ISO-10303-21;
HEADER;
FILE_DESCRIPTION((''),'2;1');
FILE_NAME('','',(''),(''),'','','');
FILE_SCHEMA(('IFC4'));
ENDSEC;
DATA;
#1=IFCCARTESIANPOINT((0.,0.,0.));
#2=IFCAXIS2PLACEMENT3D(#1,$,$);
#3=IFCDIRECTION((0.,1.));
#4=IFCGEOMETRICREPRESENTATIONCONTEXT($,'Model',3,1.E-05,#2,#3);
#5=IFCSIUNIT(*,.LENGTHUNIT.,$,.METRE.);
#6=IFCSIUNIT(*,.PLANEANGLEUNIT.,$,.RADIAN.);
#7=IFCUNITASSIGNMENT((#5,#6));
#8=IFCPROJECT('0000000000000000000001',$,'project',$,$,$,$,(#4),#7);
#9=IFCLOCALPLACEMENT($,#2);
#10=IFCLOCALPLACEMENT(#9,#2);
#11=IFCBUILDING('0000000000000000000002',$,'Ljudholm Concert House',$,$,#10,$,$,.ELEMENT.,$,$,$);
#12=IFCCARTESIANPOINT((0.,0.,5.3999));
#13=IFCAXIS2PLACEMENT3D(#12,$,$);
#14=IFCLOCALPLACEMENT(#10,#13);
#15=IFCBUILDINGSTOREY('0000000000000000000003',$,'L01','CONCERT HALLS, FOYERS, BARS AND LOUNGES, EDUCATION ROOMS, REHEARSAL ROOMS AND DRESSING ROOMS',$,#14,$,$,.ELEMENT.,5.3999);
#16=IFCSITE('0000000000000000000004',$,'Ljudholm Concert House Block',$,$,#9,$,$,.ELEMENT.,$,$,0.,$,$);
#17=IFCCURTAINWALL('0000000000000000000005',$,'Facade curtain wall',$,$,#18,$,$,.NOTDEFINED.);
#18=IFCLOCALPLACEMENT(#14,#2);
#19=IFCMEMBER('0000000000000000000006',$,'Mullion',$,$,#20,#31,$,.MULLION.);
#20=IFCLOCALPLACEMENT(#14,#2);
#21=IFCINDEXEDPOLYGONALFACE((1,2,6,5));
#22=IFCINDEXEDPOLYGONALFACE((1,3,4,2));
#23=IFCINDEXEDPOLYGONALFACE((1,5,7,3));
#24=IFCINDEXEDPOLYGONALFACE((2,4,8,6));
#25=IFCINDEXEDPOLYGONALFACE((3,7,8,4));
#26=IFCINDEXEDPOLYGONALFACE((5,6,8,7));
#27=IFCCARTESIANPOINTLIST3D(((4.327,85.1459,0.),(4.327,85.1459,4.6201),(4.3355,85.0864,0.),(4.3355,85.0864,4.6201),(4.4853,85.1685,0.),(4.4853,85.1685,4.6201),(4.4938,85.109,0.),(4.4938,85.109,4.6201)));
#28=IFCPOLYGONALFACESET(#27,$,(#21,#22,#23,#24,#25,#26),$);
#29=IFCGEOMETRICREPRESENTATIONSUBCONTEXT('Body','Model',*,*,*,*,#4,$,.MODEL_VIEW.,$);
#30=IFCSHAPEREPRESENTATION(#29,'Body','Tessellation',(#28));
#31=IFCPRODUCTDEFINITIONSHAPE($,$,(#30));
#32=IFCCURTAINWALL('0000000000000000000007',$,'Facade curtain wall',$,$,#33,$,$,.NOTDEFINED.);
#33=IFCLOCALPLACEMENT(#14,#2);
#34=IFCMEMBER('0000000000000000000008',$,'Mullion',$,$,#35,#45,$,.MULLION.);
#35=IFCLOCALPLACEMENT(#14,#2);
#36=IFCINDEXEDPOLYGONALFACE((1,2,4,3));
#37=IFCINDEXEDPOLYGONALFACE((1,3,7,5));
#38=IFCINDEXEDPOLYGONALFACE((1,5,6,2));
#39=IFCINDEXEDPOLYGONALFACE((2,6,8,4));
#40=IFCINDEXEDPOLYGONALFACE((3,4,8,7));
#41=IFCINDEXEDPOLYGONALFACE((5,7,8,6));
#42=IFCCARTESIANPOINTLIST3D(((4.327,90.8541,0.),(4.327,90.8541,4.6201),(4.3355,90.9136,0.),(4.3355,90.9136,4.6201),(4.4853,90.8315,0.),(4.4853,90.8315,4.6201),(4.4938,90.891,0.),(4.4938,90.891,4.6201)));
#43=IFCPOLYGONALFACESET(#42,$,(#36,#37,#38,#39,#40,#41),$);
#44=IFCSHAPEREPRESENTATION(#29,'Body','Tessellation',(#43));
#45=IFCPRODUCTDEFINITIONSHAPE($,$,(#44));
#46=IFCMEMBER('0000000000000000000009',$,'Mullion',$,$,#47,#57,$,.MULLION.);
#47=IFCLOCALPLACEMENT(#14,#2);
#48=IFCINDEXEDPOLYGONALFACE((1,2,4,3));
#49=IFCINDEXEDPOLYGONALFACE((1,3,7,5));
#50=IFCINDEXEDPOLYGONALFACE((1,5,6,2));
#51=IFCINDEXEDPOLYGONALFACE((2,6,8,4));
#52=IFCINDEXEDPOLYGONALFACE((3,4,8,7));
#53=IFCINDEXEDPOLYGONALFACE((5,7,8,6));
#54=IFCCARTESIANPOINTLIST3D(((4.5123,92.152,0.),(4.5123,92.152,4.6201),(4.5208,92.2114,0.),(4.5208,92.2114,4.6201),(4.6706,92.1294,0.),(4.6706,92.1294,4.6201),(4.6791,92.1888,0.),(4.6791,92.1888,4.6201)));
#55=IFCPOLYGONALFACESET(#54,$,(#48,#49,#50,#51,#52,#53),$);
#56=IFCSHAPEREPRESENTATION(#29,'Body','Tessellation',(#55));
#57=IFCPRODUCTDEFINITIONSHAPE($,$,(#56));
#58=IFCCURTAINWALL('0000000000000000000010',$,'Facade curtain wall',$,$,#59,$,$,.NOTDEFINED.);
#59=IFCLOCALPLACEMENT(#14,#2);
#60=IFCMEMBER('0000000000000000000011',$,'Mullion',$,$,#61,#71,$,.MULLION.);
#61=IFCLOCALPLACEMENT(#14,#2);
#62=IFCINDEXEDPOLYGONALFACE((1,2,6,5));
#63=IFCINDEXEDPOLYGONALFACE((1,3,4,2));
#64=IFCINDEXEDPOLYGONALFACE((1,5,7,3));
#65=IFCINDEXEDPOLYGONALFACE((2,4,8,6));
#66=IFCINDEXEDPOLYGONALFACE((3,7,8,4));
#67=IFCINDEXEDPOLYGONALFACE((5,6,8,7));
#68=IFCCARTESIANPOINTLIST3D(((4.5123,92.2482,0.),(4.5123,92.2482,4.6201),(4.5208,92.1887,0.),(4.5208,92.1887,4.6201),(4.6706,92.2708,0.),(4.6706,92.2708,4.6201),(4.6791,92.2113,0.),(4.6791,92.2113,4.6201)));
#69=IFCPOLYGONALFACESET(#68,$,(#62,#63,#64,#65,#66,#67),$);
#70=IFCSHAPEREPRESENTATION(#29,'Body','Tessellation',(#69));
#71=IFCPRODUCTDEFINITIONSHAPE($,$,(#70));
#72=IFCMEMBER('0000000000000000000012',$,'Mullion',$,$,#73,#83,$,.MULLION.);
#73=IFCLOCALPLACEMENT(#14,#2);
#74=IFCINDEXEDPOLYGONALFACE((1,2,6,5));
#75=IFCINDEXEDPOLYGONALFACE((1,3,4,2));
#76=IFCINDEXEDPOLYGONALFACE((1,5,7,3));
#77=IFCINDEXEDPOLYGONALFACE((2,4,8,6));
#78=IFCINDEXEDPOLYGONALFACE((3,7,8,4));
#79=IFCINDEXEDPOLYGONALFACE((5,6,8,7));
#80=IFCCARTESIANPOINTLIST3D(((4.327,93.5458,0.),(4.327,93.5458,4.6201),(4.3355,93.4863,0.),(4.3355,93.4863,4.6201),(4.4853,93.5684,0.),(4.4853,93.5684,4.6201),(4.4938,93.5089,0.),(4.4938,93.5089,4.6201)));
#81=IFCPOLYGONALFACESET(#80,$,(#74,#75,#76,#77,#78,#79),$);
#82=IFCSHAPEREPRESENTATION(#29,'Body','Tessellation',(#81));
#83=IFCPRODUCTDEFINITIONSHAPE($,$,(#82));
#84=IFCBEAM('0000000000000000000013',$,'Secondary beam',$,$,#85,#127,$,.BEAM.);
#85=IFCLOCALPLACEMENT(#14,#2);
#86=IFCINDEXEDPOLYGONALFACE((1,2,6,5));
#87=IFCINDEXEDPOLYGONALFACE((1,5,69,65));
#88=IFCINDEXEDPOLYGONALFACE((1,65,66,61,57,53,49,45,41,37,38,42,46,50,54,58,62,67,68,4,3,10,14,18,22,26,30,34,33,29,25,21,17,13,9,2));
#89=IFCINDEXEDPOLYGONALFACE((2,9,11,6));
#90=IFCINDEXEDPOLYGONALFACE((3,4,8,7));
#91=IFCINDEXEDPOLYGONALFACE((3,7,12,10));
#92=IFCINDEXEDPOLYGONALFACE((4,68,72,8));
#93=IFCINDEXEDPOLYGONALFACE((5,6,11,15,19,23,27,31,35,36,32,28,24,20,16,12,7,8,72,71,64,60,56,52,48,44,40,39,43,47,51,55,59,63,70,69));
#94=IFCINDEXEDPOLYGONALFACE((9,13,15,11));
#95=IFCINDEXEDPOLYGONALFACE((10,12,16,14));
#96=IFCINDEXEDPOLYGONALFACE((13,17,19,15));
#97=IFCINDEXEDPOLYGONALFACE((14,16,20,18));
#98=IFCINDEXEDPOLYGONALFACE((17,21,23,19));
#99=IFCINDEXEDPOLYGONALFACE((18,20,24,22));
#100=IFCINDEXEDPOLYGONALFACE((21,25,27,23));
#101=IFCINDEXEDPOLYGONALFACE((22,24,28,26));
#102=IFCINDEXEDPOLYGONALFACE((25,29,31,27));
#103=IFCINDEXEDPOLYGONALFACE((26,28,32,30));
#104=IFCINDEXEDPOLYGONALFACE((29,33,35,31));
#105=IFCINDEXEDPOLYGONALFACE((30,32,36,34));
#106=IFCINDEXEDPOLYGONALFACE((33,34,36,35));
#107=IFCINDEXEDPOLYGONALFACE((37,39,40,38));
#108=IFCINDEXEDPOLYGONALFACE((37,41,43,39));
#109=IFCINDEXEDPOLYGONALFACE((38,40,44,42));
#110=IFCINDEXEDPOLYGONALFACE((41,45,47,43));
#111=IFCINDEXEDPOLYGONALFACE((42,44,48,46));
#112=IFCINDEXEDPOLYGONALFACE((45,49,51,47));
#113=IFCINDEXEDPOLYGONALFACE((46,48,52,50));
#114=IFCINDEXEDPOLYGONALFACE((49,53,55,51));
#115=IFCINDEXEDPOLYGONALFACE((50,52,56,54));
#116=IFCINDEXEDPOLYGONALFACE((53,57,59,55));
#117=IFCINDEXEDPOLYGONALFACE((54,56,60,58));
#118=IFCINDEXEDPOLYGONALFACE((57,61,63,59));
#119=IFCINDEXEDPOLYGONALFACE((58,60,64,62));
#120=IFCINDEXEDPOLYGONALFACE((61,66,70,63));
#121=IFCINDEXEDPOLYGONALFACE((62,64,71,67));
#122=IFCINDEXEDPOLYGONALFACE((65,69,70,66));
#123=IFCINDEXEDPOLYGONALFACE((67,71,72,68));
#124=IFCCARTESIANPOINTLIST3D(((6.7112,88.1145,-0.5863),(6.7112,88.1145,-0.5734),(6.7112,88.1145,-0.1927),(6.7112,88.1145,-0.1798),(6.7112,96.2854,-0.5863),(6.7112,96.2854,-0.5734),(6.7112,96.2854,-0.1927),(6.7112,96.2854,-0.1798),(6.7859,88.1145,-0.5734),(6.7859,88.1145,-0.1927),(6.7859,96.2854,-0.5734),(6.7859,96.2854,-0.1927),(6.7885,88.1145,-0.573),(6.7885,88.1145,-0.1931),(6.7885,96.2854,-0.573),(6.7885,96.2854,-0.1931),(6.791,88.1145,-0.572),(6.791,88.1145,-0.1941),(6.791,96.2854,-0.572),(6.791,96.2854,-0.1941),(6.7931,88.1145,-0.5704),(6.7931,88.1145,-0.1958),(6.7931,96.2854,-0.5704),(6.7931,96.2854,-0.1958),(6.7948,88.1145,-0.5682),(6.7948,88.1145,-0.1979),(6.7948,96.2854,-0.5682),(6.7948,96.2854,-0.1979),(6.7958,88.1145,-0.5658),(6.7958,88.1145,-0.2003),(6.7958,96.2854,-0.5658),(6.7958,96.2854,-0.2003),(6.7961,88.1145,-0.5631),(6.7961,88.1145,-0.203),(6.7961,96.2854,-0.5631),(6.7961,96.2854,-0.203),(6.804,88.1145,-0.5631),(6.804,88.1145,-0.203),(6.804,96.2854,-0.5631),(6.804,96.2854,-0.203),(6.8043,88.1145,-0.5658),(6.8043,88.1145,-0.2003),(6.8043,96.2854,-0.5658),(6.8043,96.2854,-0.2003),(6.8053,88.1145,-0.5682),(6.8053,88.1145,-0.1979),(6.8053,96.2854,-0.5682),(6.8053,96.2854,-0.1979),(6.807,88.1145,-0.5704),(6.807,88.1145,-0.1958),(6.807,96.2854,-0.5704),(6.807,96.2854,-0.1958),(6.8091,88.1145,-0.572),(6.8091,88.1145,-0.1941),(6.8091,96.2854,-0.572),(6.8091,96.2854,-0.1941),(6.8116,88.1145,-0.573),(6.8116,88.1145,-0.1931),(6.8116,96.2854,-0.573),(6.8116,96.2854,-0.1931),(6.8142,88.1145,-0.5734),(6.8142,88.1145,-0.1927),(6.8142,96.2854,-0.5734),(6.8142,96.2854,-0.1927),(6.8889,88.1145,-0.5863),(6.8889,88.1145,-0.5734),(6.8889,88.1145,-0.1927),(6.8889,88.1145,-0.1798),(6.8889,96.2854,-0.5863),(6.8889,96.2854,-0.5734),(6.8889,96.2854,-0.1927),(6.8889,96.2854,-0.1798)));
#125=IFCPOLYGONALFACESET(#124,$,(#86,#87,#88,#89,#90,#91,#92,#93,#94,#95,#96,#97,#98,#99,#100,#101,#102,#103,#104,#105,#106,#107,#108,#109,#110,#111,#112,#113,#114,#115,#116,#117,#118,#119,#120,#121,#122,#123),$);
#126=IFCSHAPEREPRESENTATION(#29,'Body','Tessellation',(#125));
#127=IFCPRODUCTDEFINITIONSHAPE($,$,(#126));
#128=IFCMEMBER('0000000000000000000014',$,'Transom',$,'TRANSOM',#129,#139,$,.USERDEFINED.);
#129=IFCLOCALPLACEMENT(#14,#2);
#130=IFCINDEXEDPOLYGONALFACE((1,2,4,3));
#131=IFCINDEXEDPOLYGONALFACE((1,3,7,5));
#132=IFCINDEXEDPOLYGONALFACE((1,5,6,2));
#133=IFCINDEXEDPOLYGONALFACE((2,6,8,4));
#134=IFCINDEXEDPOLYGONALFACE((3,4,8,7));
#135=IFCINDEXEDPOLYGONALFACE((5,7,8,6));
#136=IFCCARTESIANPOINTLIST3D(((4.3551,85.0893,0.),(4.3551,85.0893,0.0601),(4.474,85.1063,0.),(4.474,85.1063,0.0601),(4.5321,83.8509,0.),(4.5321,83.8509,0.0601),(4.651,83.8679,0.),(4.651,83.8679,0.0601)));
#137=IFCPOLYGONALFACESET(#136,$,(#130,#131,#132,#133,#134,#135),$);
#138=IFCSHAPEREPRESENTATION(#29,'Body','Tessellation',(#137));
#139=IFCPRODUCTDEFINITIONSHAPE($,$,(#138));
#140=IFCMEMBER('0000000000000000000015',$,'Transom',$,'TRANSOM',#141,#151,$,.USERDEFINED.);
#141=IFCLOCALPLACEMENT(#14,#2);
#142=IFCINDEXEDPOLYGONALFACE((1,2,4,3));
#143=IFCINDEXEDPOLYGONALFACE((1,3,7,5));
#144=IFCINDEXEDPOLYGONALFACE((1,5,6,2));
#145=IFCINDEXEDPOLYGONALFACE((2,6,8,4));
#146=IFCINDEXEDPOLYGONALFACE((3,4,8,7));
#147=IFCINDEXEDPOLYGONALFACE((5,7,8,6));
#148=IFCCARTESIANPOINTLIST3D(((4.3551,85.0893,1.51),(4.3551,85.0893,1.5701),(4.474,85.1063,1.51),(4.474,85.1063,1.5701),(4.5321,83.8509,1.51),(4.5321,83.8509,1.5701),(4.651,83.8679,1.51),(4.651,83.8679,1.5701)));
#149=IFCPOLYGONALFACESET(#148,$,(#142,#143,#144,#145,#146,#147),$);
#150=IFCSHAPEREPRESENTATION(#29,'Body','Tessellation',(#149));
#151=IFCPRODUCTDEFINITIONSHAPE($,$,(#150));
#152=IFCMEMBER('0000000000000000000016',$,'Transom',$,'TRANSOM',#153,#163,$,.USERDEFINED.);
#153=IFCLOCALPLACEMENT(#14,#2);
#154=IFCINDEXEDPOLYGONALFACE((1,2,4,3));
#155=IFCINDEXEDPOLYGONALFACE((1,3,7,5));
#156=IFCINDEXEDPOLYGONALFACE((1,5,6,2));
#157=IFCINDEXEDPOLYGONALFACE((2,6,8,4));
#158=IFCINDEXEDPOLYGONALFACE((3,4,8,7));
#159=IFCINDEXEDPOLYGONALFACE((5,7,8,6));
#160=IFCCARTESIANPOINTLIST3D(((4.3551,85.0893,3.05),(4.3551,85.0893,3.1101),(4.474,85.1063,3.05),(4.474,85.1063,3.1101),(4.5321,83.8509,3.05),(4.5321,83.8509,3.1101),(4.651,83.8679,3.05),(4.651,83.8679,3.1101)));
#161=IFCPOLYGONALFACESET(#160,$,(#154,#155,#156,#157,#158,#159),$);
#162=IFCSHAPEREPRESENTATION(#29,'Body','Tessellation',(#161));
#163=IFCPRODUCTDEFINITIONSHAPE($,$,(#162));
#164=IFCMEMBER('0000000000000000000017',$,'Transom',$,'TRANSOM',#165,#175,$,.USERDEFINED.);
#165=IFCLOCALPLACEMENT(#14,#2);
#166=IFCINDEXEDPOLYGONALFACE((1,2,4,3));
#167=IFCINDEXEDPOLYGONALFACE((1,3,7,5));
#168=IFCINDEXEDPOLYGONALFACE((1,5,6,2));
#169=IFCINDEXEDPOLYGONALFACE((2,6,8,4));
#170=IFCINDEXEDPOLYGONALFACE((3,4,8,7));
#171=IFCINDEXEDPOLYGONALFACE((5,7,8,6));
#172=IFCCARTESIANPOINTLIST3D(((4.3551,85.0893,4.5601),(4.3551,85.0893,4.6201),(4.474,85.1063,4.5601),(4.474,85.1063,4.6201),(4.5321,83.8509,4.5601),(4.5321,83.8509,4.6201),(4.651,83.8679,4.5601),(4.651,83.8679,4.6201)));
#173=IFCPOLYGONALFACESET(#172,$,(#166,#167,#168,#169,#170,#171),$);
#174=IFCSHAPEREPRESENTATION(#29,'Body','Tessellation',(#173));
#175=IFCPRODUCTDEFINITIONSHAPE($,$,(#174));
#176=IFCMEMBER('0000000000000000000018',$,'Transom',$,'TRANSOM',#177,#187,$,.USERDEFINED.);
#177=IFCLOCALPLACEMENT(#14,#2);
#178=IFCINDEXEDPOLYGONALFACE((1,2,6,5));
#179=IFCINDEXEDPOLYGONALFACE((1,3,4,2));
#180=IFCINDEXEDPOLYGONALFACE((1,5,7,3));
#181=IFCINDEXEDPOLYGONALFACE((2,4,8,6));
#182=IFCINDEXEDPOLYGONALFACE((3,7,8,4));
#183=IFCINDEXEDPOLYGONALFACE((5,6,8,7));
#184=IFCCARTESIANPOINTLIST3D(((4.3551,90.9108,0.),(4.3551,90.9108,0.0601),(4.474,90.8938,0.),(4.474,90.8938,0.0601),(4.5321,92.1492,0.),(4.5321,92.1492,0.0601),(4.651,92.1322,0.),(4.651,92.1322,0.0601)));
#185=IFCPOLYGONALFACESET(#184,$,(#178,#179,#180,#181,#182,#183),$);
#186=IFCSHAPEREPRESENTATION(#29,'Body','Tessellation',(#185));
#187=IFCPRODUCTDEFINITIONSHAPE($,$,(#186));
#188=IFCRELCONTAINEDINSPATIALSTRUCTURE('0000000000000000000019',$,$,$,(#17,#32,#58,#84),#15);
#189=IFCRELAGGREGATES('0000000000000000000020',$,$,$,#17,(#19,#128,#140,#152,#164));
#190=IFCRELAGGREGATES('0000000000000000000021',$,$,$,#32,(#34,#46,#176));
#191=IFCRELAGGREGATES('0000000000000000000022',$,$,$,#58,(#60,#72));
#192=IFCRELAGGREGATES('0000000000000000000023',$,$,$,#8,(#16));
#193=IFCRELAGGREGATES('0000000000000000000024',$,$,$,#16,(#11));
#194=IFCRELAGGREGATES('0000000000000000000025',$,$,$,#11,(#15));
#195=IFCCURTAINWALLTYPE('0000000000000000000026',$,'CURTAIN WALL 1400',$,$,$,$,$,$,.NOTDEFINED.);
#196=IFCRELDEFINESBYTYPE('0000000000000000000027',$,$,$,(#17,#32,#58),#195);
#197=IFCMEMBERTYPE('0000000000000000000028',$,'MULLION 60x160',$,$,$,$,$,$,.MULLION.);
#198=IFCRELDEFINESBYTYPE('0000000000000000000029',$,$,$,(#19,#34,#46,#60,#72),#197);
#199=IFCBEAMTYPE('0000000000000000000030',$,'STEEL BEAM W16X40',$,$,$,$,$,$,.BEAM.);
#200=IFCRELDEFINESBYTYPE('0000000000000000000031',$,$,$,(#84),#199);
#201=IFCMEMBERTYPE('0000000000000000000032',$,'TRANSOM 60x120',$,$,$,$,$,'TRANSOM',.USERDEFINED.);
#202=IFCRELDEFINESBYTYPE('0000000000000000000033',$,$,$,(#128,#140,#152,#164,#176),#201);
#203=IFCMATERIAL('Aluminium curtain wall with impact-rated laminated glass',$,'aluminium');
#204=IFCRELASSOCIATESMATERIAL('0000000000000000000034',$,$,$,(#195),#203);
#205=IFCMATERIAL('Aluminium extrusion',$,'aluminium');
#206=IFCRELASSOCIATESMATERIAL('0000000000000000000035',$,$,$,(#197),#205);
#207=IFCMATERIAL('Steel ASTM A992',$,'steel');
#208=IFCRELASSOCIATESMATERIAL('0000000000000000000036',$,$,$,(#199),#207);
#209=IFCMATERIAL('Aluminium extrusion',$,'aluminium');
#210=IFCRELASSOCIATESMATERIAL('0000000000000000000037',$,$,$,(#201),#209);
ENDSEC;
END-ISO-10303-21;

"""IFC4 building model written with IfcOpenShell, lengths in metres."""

from ifc_helpers import new_model, si_unit, direction, frame, origin, origin_2d, place, context, subcontext, project, spatial, rectangle, i_section, extrude, material, material_profile, profile_set, type_object, element, aggregate, save


model = new_model("IFC4")

# Units and contexts
model_context = context("Model", 3, precision=1e-05, world=origin(), true_north=direction((0.0, 1.0)))
body_context = subcontext(model_context, "Body", "Model", "MODEL_VIEW")
ifc_project = project(units=[si_unit("LENGTHUNIT", "METRE"), si_unit("PLANEANGLEUNIT", "RADIAN")], contexts=[model_context])

# Site, building, storey
site_placement = place(None, origin())
site = spatial("IfcSite", under=ifc_project, at=site_placement, Name="Ljudholm Concert House Block", CompositionType="ELEMENT", RefElevation=0.0)
building_placement = place(site_placement, origin())
building = spatial("IfcBuilding", under=site, at=building_placement, Name="Ljudholm Concert House", CompositionType="ELEMENT")
storey_placement = place(building_placement, frame((0.0, 0.0, 5.3999)))
storey = spatial("IfcBuildingStorey", under=building, at=storey_placement, Name="L01", Description="CONCERT HALLS, FOYERS, BARS AND LOUNGES, EDUCATION ROOMS, REHEARSAL ROOMS AND DRESSING ROOMS", CompositionType="ELEMENT", Elevation=5.3999)

# Curtain wall, member
ifc_material_1 = material(Name="Aluminium curtain wall with impact-rated laminated glass", Category="aluminium")
curtain_wall_type = type_object("IfcCurtainWallType", Name="CURTAIN WALL 1400", PredefinedType="NOTDEFINED", material=ifc_material_1)
curtain_wall_1_placement = place(storey_placement, origin())
curtain_wall_1 = element("IfcCurtainWall", 1, at=curtain_wall_1_placement, inside=storey, type_object=curtain_wall_type, Name="Facade curtain wall", PredefinedType="NOTDEFINED")
ifc_material_2 = material(Name="Aluminium extrusion", Category="aluminium")
ifc_material_profile_1 = material_profile(ifc_material_2, rectangle(XDim=0.1599, YDim=0.0601, at=origin_2d()), Name="MULLION 60x160")
ifc_profile_set_1 = profile_set([ifc_material_profile_1], Name="Aluminium extrusion")
member_type_1 = type_object("IfcMemberType", Name="MULLION 60x160", PredefinedType="MULLION", material=ifc_profile_set_1)
member_1_placement = place(storey_placement, frame((4.4104, 85.1274, 0.0), z_axis=(0.0, 0.0, 1.0), x_axis=(-0.989949, -0.141421, 0.0)))
member_1 = element("IfcMember", 2, at=member_1_placement, type_object=member_type_1, Name="Mullion", PredefinedType="MULLION", context=body_context, shape_type="SweptSolid", body=[
    extrude(rectangle(XDim=0.1599, YDim=0.0601, at=origin_2d()), origin(), (0.0, 0.0, 1.0), 4.6201),
])

# Curtain walls, members
curtain_wall_2_placement = place(storey_placement, origin())
curtain_wall_2 = element("IfcCurtainWall", 3, at=curtain_wall_2_placement, inside=storey, type_object=curtain_wall_type, Name="Facade curtain wall", PredefinedType="NOTDEFINED")
member_2_placement = place(storey_placement, frame((4.4104, 90.8726, 0.0), z_axis=(0.0, 0.0, 1.0), x_axis=(-0.989949, 0.141421, 0.0)))
member_2 = element("IfcMember", 4, at=member_2_placement, type_object=member_type_1, Name="Mullion", PredefinedType="MULLION", context=body_context, shape_type="SweptSolid", body=[
    extrude(rectangle(XDim=0.1599, YDim=0.0601, at=origin_2d()), origin(), (0.0, 0.0, 1.0), 4.6201),
])
member_3_placement = place(storey_placement, frame((4.5957, 92.1704, 0.0), z_axis=(0.0, 0.0, 1.0), x_axis=(-0.989949, 0.141421, 0.0)))
member_3 = element("IfcMember", 5, at=member_3_placement, type_object=member_type_1, Name="Mullion", PredefinedType="MULLION", context=body_context, shape_type="SweptSolid", body=[
    extrude(rectangle(XDim=0.1599, YDim=0.0601, at=origin_2d()), origin(), (0.0, 0.0, 1.0), 4.6201),
])
curtain_wall_3_placement = place(storey_placement, origin())
curtain_wall_3 = element("IfcCurtainWall", 6, at=curtain_wall_3_placement, inside=storey, type_object=curtain_wall_type, Name="Facade curtain wall", PredefinedType="NOTDEFINED")
member_4_placement = place(storey_placement, frame((4.5957, 92.2297, 0.0), z_axis=(0.0, 0.0, 1.0), x_axis=(-0.989949, -0.141421, 0.0)))
member_4 = element("IfcMember", 7, at=member_4_placement, type_object=member_type_1, Name="Mullion", PredefinedType="MULLION", context=body_context, shape_type="SweptSolid", body=[
    extrude(rectangle(XDim=0.1599, YDim=0.0601, at=origin_2d()), origin(), (0.0, 0.0, 1.0), 4.6201),
])
member_5_placement = place(storey_placement, frame((4.4104, 93.5273, 0.0), z_axis=(0.0, 0.0, 1.0), x_axis=(-0.989949, -0.141421, 0.0)))
member_5 = element("IfcMember", 8, at=member_5_placement, type_object=member_type_1, Name="Mullion", PredefinedType="MULLION", context=body_context, shape_type="SweptSolid", body=[
    extrude(rectangle(XDim=0.1599, YDim=0.0601, at=origin_2d()), origin(), (0.0, 0.0, 1.0), 4.6201),
])

# Beam
ifc_material_3 = material(Name="Steel ASTM A992", Category="steel")
ifc_material_profile_2 = material_profile(ifc_material_3, i_section(OverallWidth=0.1777, OverallDepth=0.4065, WebThickness=0.0078, FlangeThickness=0.0129, FilletRadius=0.0103, at=origin_2d()), Name="W16X40")
ifc_profile_set_2 = profile_set([ifc_material_profile_2], Name="Steel ASTM A992")
beam_type = type_object("IfcBeamType", Name="STEEL BEAM W16X40", PredefinedType="BEAM", material=ifc_profile_set_2)
beam_placement = place(storey_placement, frame((6.8, 88.1145, -0.3831), z_axis=(0.0, 1.0, 0.0), x_axis=(-1.0, 0.0, 0.0)))
element("IfcBeam", 9, at=beam_placement, inside=storey, type_object=beam_type, Name="Secondary beam", PredefinedType="BEAM", context=body_context, shape_type="SweptSolid", body=[
    extrude(i_section(OverallWidth=0.1777, OverallDepth=0.4065, WebThickness=0.0078, FlangeThickness=0.0129, FilletRadius=0.0103, at=origin_2d()), origin(), (0.0, 0.0, 1.0), 8.1709),
])

# Members
ifc_material_4 = material(Name="Aluminium extrusion", Category="aluminium")
ifc_material_profile_3 = material_profile(ifc_material_4, rectangle(XDim=0.1201, YDim=0.0601, at=origin_2d()), Name="TRANSOM 60x120")
ifc_profile_set_3 = profile_set([ifc_material_profile_3], Name="Aluminium extrusion")
member_type_2 = type_object("IfcMemberType", Name="TRANSOM 60x120", ElementType="TRANSOM", PredefinedType="USERDEFINED", material=ifc_profile_set_3)
member_6_placement = place(storey_placement, frame((4.5916, 83.8594, 0.03), z_axis=(-0.141503, 0.989938, 0.0), x_axis=(-0.989938, -0.141503, 0.0)))
member_6 = element("IfcMember", 10, at=member_6_placement, type_object=member_type_2, Name="Transom", ObjectType="TRANSOM", PredefinedType="USERDEFINED", context=body_context, shape_type="SweptSolid", body=[
    extrude(rectangle(XDim=0.1201, YDim=0.0601, at=origin_2d()), origin(), (0.0, 0.0, 1.0), 1.251),
])
member_7_placement = place(storey_placement, frame((4.5916, 83.8594, 1.54), z_axis=(-0.141503, 0.989938, 0.0), x_axis=(-0.989938, -0.141503, 0.0)))
member_7 = element("IfcMember", 11, at=member_7_placement, type_object=member_type_2, Name="Transom", ObjectType="TRANSOM", PredefinedType="USERDEFINED", context=body_context, shape_type="SweptSolid", body=[
    extrude(rectangle(XDim=0.1201, YDim=0.0601, at=origin_2d()), origin(), (0.0, 0.0, 1.0), 1.251),
])
member_8_placement = place(storey_placement, frame((4.5916, 83.8594, 3.0801), z_axis=(-0.141503, 0.989938, 0.0), x_axis=(-0.989938, -0.141503, 0.0)))
member_8 = element("IfcMember", 12, at=member_8_placement, type_object=member_type_2, Name="Transom", ObjectType="TRANSOM", PredefinedType="USERDEFINED", context=body_context, shape_type="SweptSolid", body=[
    extrude(rectangle(XDim=0.1201, YDim=0.0601, at=origin_2d()), origin(), (0.0, 0.0, 1.0), 1.251),
])
member_9_placement = place(storey_placement, frame((4.5916, 83.8594, 4.5901), z_axis=(-0.141503, 0.989938, 0.0), x_axis=(-0.989938, -0.141503, 0.0)))
member_9 = element("IfcMember", 13, at=member_9_placement, type_object=member_type_2, Name="Transom", ObjectType="TRANSOM", PredefinedType="USERDEFINED", context=body_context, shape_type="SweptSolid", body=[
    extrude(rectangle(XDim=0.1201, YDim=0.0601, at=origin_2d()), origin(), (0.0, 0.0, 1.0), 1.251),
])
member_10_placement = place(storey_placement, frame((4.4146, 90.9023, 0.03), z_axis=(0.141503, 0.989938, 0.0), x_axis=(-0.989938, 0.141503, 0.0)))
member_10 = element("IfcMember", 14, at=member_10_placement, type_object=member_type_2, Name="Transom", ObjectType="TRANSOM", PredefinedType="USERDEFINED", context=body_context, shape_type="SweptSolid", body=[
    extrude(rectangle(XDim=0.1201, YDim=0.0601, at=origin_2d()), origin(), (0.0, 0.0, 1.0), 1.251),
])

aggregate(curtain_wall_1, [member_1, member_6, member_7, member_8, member_9])
aggregate(curtain_wall_2, [member_2, member_3, member_10])
aggregate(curtain_wall_3, [member_4, member_5])

save(model, "model.ifc")
